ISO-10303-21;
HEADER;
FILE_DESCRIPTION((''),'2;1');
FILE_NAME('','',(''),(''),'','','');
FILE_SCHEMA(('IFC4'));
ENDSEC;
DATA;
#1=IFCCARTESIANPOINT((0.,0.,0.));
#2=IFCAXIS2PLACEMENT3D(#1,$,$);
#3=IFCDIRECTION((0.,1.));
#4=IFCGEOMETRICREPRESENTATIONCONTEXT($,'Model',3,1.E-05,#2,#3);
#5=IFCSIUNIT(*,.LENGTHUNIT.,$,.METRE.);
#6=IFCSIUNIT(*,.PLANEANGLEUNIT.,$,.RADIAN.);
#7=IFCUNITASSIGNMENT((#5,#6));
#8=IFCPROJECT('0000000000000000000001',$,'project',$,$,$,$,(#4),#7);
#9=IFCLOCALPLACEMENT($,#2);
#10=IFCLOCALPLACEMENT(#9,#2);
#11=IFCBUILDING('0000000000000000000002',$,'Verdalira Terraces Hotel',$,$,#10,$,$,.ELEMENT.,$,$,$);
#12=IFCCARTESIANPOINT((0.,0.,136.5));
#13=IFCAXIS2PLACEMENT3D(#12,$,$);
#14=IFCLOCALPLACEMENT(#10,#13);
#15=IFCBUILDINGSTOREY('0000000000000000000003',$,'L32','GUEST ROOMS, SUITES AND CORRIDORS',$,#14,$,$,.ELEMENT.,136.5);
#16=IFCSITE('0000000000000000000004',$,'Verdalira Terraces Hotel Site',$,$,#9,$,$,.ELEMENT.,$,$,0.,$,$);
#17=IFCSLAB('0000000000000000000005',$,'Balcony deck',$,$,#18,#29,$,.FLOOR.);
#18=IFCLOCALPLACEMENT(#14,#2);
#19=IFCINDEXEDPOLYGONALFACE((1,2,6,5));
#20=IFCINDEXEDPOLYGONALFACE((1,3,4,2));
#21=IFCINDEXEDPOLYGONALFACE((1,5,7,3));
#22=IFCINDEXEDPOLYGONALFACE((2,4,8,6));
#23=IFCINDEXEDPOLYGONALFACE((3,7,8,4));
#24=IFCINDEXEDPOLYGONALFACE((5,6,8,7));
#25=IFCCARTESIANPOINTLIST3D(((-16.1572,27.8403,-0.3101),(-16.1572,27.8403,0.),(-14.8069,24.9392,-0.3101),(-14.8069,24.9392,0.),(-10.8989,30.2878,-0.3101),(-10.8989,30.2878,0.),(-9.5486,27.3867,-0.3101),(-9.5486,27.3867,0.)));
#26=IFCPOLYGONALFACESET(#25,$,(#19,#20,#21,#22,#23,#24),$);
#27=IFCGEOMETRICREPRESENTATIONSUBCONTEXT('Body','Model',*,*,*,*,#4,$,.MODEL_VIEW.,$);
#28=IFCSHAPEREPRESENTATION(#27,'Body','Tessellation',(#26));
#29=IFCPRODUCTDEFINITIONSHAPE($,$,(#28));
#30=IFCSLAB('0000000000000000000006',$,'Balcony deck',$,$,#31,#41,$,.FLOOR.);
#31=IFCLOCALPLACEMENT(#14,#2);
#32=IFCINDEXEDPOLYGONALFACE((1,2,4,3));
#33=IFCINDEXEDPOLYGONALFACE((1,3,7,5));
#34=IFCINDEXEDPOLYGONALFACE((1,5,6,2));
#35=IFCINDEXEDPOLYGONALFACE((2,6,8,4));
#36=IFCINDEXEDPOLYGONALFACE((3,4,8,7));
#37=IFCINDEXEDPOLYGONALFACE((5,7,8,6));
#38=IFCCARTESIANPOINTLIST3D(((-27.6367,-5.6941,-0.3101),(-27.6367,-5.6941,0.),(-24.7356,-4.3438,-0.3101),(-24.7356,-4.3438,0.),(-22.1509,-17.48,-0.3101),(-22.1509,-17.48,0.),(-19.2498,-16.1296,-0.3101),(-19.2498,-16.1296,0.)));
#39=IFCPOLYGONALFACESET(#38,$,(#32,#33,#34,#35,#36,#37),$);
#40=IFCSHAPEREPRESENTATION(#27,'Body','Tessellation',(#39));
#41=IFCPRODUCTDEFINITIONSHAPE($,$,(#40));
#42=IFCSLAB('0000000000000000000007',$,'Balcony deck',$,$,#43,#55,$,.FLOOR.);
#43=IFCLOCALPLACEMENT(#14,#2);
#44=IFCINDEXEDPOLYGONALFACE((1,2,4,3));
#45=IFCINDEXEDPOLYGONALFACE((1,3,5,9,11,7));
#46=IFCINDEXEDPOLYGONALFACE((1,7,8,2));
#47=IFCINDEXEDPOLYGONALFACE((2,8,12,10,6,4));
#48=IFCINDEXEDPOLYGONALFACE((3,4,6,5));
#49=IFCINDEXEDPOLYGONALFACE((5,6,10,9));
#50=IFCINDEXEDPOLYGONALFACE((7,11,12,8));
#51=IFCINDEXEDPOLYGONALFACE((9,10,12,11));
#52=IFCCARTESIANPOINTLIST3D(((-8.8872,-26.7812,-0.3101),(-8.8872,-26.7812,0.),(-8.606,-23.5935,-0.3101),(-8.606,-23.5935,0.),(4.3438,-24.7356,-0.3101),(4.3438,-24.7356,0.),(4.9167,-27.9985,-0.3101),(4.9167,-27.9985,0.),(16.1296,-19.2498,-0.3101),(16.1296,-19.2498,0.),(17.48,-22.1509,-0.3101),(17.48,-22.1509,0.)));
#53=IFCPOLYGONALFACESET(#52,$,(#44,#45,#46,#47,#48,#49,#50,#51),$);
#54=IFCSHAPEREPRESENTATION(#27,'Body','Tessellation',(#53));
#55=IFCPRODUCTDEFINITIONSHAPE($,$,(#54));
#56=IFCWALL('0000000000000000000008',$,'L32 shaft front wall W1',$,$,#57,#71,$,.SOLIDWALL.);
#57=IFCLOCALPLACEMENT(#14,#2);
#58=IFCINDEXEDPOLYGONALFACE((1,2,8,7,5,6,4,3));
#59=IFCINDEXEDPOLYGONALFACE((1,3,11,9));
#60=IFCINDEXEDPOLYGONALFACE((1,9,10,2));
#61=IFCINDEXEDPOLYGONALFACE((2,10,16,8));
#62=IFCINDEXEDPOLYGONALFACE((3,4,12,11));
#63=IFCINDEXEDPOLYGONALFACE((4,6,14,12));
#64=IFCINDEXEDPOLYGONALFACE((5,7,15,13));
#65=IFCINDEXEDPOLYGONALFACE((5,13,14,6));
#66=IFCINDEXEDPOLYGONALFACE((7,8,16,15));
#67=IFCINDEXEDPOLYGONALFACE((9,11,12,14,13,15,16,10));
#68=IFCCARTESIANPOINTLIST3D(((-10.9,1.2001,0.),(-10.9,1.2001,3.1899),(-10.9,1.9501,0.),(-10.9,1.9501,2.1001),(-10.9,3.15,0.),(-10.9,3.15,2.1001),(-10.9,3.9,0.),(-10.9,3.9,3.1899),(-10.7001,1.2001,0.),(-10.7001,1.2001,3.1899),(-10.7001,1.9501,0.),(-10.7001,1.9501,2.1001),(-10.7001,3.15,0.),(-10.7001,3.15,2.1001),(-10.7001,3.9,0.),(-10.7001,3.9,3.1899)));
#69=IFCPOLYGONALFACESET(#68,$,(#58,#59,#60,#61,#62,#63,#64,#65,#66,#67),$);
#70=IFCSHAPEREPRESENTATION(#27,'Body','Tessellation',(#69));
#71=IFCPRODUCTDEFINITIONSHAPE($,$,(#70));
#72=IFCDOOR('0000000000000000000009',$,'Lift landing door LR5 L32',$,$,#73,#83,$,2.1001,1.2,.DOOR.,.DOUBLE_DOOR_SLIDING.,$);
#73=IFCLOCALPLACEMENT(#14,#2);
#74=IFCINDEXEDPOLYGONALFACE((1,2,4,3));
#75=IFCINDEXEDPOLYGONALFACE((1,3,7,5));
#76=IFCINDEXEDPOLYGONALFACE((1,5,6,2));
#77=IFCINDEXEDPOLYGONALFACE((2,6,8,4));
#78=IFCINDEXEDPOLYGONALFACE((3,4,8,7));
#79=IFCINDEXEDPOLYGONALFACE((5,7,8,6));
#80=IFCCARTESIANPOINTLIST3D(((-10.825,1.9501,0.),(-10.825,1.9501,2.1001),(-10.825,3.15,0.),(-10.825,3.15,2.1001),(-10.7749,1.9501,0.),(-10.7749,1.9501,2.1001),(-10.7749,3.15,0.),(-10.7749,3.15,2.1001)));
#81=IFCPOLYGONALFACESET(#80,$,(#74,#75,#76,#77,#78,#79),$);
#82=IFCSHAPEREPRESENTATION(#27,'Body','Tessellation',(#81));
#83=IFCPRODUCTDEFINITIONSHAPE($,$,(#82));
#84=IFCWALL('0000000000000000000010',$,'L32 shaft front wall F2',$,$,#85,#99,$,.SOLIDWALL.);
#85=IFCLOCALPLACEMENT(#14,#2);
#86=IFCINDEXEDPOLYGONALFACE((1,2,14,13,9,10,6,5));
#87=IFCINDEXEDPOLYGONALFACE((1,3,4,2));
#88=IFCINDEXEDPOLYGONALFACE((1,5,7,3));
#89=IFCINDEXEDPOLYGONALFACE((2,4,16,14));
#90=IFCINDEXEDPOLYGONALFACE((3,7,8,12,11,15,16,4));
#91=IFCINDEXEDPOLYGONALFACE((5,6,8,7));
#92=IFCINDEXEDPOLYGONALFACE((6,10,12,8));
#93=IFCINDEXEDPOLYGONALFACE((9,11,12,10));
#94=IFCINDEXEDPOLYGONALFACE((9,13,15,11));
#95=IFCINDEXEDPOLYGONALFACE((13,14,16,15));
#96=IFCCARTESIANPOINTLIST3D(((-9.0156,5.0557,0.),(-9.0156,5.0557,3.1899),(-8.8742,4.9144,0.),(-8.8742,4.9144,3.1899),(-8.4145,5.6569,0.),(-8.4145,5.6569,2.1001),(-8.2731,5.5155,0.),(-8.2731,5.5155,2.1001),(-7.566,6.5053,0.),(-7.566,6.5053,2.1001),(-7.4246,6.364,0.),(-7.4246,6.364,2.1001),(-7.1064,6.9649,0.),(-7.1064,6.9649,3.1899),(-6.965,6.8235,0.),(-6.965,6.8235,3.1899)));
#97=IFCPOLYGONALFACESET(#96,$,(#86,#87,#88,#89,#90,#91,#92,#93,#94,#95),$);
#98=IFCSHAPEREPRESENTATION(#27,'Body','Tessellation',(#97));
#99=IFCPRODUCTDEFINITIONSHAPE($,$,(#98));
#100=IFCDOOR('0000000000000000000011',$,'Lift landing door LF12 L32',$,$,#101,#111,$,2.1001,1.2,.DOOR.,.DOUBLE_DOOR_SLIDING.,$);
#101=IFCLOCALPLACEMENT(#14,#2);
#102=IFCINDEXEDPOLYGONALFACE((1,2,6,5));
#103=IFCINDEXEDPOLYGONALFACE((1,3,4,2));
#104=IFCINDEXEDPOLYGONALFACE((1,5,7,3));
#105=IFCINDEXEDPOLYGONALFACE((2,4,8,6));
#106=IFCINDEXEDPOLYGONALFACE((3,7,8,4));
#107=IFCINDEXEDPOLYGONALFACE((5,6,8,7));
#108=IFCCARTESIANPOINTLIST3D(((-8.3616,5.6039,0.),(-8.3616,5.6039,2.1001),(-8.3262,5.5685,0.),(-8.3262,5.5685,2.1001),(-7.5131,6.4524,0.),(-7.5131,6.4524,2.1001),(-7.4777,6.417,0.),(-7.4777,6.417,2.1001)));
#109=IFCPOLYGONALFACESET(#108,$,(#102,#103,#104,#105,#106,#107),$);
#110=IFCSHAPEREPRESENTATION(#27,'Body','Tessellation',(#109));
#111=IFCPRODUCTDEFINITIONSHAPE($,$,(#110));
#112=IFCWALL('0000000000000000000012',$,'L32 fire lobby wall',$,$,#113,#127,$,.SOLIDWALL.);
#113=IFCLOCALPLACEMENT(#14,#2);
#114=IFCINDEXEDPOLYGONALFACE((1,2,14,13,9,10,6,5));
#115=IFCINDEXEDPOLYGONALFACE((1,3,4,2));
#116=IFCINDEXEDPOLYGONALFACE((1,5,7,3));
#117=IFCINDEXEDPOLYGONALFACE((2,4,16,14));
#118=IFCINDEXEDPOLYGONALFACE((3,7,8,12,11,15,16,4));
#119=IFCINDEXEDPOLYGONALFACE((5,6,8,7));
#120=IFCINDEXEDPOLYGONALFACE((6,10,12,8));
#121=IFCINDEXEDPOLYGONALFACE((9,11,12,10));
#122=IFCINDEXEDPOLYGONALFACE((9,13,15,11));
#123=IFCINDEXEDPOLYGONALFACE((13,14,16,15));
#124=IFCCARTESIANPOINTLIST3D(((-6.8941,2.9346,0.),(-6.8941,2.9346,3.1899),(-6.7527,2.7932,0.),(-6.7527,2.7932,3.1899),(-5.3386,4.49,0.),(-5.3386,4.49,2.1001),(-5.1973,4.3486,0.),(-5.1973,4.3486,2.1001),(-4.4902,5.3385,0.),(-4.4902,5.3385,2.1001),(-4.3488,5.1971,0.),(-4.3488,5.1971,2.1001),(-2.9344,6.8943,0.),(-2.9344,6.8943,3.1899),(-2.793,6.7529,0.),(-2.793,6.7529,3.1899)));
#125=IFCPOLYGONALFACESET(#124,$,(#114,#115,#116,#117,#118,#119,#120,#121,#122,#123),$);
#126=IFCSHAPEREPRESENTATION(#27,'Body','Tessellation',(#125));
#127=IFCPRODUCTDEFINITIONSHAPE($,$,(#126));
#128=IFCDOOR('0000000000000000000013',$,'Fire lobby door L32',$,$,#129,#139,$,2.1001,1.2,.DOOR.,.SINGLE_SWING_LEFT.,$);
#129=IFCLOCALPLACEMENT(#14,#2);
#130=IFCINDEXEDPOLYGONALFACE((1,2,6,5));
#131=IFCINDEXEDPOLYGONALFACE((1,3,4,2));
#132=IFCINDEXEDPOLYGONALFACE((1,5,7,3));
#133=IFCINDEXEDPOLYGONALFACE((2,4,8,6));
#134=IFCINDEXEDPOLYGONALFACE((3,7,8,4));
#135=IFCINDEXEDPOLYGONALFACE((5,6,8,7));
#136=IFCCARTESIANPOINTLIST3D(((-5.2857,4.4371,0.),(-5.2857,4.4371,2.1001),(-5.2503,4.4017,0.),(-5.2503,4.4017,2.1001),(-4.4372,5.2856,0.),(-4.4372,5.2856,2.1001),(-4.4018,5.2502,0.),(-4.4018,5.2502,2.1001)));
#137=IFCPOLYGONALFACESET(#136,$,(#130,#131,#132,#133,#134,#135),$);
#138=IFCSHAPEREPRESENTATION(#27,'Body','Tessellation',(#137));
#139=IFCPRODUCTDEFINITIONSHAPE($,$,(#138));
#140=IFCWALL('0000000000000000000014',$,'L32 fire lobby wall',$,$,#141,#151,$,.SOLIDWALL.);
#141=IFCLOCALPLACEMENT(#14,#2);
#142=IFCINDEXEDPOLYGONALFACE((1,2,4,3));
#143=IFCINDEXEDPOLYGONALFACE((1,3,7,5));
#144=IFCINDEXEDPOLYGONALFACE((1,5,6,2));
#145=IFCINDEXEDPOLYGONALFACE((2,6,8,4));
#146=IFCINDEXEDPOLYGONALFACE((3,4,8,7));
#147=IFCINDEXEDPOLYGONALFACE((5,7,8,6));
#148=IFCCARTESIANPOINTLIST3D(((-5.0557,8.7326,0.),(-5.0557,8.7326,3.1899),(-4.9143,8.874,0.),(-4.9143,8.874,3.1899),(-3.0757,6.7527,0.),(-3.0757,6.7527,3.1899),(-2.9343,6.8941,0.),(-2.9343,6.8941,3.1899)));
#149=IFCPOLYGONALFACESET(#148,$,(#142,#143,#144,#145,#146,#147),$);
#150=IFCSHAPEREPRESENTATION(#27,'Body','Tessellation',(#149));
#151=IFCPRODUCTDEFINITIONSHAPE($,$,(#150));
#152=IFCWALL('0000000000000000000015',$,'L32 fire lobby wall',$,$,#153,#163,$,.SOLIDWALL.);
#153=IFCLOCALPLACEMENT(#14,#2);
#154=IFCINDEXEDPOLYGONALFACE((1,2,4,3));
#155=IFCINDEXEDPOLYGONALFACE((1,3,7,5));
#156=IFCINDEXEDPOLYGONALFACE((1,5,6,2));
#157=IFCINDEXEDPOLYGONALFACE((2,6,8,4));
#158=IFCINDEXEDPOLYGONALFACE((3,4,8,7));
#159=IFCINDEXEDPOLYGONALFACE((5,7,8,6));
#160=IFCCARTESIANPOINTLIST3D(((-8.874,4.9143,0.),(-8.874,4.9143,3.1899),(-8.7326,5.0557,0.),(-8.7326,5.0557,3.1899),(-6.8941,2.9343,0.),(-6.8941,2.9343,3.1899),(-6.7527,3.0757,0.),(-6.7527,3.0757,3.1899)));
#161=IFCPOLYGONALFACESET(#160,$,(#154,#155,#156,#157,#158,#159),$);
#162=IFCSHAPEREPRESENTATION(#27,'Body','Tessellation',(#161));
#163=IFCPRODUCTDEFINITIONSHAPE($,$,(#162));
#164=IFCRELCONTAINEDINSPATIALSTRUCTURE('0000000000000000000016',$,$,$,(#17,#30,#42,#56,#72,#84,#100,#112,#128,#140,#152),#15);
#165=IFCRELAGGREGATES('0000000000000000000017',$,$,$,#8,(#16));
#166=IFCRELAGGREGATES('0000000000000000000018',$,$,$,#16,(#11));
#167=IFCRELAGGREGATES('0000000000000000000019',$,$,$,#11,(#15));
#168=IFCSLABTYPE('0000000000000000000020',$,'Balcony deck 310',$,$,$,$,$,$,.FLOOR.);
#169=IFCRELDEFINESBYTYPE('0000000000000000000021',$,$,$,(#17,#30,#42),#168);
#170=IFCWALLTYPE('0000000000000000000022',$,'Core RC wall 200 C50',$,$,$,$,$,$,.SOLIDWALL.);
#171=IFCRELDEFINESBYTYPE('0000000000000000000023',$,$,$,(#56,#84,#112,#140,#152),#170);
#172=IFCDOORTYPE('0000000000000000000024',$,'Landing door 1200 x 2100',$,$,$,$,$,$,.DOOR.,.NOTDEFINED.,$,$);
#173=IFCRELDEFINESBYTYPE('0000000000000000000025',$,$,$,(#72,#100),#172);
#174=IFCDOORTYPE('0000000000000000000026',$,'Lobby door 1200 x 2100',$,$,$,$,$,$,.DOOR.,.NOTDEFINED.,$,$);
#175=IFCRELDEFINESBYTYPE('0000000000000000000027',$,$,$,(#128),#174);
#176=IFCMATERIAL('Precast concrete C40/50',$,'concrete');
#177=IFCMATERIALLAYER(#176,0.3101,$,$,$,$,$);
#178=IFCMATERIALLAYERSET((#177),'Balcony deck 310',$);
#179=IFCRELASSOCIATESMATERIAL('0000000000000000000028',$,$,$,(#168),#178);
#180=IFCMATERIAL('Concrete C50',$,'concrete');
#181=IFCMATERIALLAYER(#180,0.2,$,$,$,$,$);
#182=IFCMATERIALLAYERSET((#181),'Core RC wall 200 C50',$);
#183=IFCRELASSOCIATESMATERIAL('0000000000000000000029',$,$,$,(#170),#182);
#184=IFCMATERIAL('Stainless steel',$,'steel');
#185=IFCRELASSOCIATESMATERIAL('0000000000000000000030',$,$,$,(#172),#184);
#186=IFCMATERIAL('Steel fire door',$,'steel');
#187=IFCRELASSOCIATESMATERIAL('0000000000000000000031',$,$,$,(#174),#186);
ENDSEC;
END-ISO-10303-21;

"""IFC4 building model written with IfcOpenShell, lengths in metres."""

from ifc_helpers import new_model, si_unit, direction, frame, frame_2d, origin, place, context, subcontext, project, spatial, polyline, rectangle, outline, extrude, material, layer, layer_set, type_object, element, fill, save


model = new_model("IFC4")

# Units and contexts
model_context = context("Model", 3, precision=1e-05, world=origin(), true_north=direction((0.0, 1.0)))
body_context = subcontext(model_context, "Body", "Model", "MODEL_VIEW")
ifc_project = project(units=[si_unit("LENGTHUNIT", "METRE"), si_unit("PLANEANGLEUNIT", "RADIAN")], contexts=[model_context])

# Site, building, storey
site_placement = place(None, origin())
site = spatial("IfcSite", under=ifc_project, at=site_placement, Name="Verdalira Terraces Hotel Site", CompositionType="ELEMENT", RefElevation=0.0)
building_placement = place(site_placement, origin())
building = spatial("IfcBuilding", under=site, at=building_placement, Name="Verdalira Terraces Hotel", CompositionType="ELEMENT")
storey_placement = place(building_placement, frame((0.0, 0.0, 136.5)))
storey = spatial("IfcBuildingStorey", under=building, at=storey_placement, Name="L32", Description="GUEST ROOMS, SUITES AND CORRIDORS", CompositionType="ELEMENT", Elevation=136.5)

# Slabs
ifc_material_1 = material(Name="Precast concrete C40/50", Category="concrete")
ifc_layer_1 = layer(ifc_material_1, 0.3101)
ifc_layer_set_1 = layer_set([ifc_layer_1], Name="Balcony deck 310")
slab_type = type_object("IfcSlabType", Name="Balcony deck 310", PredefinedType="FLOOR", material=ifc_layer_set_1)
slab_1_placement = place(storey_placement, frame((0.0, 0.0, -0.3101)))
element("IfcSlab", 1, at=slab_1_placement, inside=storey, type_object=slab_type, Name="Balcony deck", PredefinedType="FLOOR", context=body_context, shape_type="SweptSolid", body=[
    extrude(outline(polyline([(-16.1572, 27.8403), (-14.8069, 24.9392), (-9.5486, 27.3867), (-10.8989, 30.2878), (-16.1572, 27.8403)])), origin(), (0.0, 0.0, 1.0), 0.3101),
])
slab_2_placement = place(storey_placement, frame((0.0, 0.0, -0.3101)))
element("IfcSlab", 2, at=slab_2_placement, inside=storey, type_object=slab_type, Name="Balcony deck", PredefinedType="FLOOR", context=body_context, shape_type="SweptSolid", body=[
    extrude(outline(polyline([(-22.1509, -17.48), (-19.2498, -16.1296), (-24.7356, -4.3438), (-27.6367, -5.6941), (-22.1509, -17.48)])), origin(), (0.0, 0.0, 1.0), 0.3101),
])
slab_3_placement = place(storey_placement, frame((0.0, 0.0, -0.3101)))
element("IfcSlab", 3, at=slab_3_placement, inside=storey, type_object=slab_type, Name="Balcony deck", PredefinedType="FLOOR", context=body_context, shape_type="SweptSolid", body=[
    extrude(outline(polyline([(17.48, -22.1509), (16.1296, -19.2498), (4.3438, -24.7356), (-8.606, -23.5935), (-8.8872, -26.7812), (4.9167, -27.9985), (17.48, -22.1509)])), origin(), (0.0, 0.0, 1.0), 0.3101),
])

# Walls, openings, doors
ifc_material_2 = material(Name="Concrete C50", Category="concrete")
ifc_layer_2 = layer(ifc_material_2, 0.2)
ifc_layer_set_2 = layer_set([ifc_layer_2], Name="Core RC wall 200 C50")
wall_type_1 = type_object("IfcWallType", Name="Core RC wall 200 C50", PredefinedType="SOLIDWALL", material=ifc_layer_set_2)
wall_1_placement = place(storey_placement, frame((-10.8, 1.2, 0.0), z_axis=(0.0, 0.0, 1.0), x_axis=(0.0, 1.0, 0.0)))
wall_1 = element("IfcWall", 4, at=wall_1_placement, inside=storey, type_object=wall_type_1, Name="L32 shaft front wall W1", PredefinedType="SOLIDWALL", context=body_context, shape_type="SweptSolid", body=[
    extrude(rectangle(XDim=2.7, YDim=0.2, at=frame_2d((1.3501, 0.0))), origin(), (0.0, 0.0, 1.0), 3.1899),
])
opening_1_placement = place(wall_1_placement, frame((0.75, 0.0, 0.0)))
opening_1 = element("IfcOpeningElement", 5, at=opening_1_placement, cuts=wall_1, PredefinedType="OPENING", context=body_context, shape_type="SweptSolid", body=[
    extrude(rectangle(XDim=1.2, YDim=2.1001, at=frame_2d((0.6001, 1.05))), frame((0.0, 0.1099, 0.0), z_axis=(0.0, -1.0, 0.0), x_axis=(1.0, 0.0, 0.0)), (0.0, 0.0, 1.0), 0.22),
])
ifc_material_3 = material(Name="Stainless steel", Category="steel")
door_type_1 = type_object("IfcDoorType", Name="Landing door 1200 x 2100", OperationType="NOTDEFINED", PredefinedType="DOOR", material=ifc_material_3)
door_1_placement = place(opening_1_placement, origin())
door_1 = element("IfcDoor", 6, at=door_1_placement, inside=storey, type_object=door_type_1, Name="Lift landing door LR5 L32", OperationType="DOUBLE_DOOR_SLIDING", OverallHeight=2.1001, OverallWidth=1.2, PredefinedType="DOOR", context=body_context, shape_type="SweptSolid", body=[
    extrude(rectangle(XDim=1.2, YDim=2.1001, at=frame_2d((0.6001, 1.05))), frame((0.0, 0.0249, 0.0), z_axis=(0.0, -1.0, 0.0), x_axis=(1.0, 0.0, 0.0)), (0.0, 0.0, 1.0), 0.05),
])
fill(opening_1, door_1)
wall_2_placement = place(storey_placement, frame((-7.0356, 6.8943, 0.0), z_axis=(0.0, 0.0, 1.0), x_axis=(-0.707107, -0.707107, 0.0)))
wall_2 = element("IfcWall", 7, at=wall_2_placement, inside=storey, type_object=wall_type_1, Name="L32 shaft front wall F2", PredefinedType="SOLIDWALL", context=body_context, shape_type="SweptSolid", body=[
    extrude(rectangle(XDim=2.7, YDim=0.2, at=frame_2d((1.3501, 0.0))), origin(), (0.0, 0.0, 1.0), 3.1899),
])
opening_2_placement = place(wall_2_placement, frame((0.6499, 0.0, 0.0)))
opening_2 = element("IfcOpeningElement", 8, at=opening_2_placement, cuts=wall_2, PredefinedType="OPENING", context=body_context, shape_type="SweptSolid", body=[
    extrude(rectangle(XDim=1.2, YDim=2.1001, at=frame_2d((0.6001, 1.05))), frame((0.0, 0.1099, 0.0), z_axis=(0.0, -1.0, 0.0), x_axis=(1.0, 0.0, 0.0)), (0.0, 0.0, 1.0), 0.22),
])
door_2_placement = place(opening_2_placement, origin())
door_2 = element("IfcDoor", 9, at=door_2_placement, inside=storey, type_object=door_type_1, Name="Lift landing door LF12 L32", OperationType="DOUBLE_DOOR_SLIDING", OverallHeight=2.1001, OverallWidth=1.2, PredefinedType="DOOR", context=body_context, shape_type="SweptSolid", body=[
    extrude(rectangle(XDim=1.2, YDim=2.1001, at=frame_2d((0.6001, 1.05))), frame((0.0, 0.0249, 0.0), z_axis=(0.0, -1.0, 0.0), x_axis=(1.0, 0.0, 0.0)), (0.0, 0.0, 1.0), 0.05),
])
fill(opening_2, door_2)
wall_3_placement = place(storey_placement, frame((-2.8638, 6.8235, 0.0), z_axis=(0.0, 0.0, 1.0), x_axis=(-0.707107, -0.707107, 0.0)))
wall_3 = element("IfcWall", 10, at=wall_3_placement, inside=storey, type_object=wall_type_1, Name="L32 fire lobby wall", PredefinedType="SOLIDWALL", context=body_context, shape_type="SweptSolid", body=[
    extrude(rectangle(XDim=5.5999, YDim=0.2, at=frame_2d((2.7998, 0.0))), origin(), (0.0, 0.0, 1.0), 3.1899),
])
opening_3_placement = place(wall_3_placement, frame((2.2, 0.0, 0.0)))
opening_3 = element("IfcOpeningElement", 11, at=opening_3_placement, cuts=wall_3, PredefinedType="OPENING", context=body_context, shape_type="SweptSolid", body=[
    extrude(rectangle(XDim=1.2, YDim=2.1001, at=frame_2d((0.6001, 1.05))), frame((0.0, 0.1099, 0.0), z_axis=(0.0, -1.0, 0.0), x_axis=(1.0, 0.0, 0.0)), (0.0, 0.0, 1.0), 0.22),
])
ifc_material_4 = material(Name="Steel fire door", Category="steel")
door_type_2 = type_object("IfcDoorType", Name="Lobby door 1200 x 2100", OperationType="NOTDEFINED", PredefinedType="DOOR", material=ifc_material_4)
door_3_placement = place(opening_3_placement, origin())
door_3 = element("IfcDoor", 12, at=door_3_placement, inside=storey, type_object=door_type_2, Name="Fire lobby door L32", OperationType="SINGLE_SWING_LEFT", OverallHeight=2.1001, OverallWidth=1.2, PredefinedType="DOOR", context=body_context, shape_type="SweptSolid", body=[
    extrude(rectangle(XDim=1.2, YDim=2.1001, at=frame_2d((0.6001, 1.05))), frame((0.0, 0.0249, 0.0), z_axis=(0.0, -1.0, 0.0), x_axis=(1.0, 0.0, 0.0)), (0.0, 0.0, 1.0), 0.05),
])
fill(opening_3, door_3)

# Walls
for number, where, z_axis, x_axis, name in (
    (13, (-3.0051, 6.8235, 0.0), (0.0, 0.0, 1.0), (-0.707107, 0.707107, 0.0), "L32 fire lobby wall"),
    (14, (-6.8235, 3.0051, 0.0), (0.0, 0.0, 1.0), (-0.707107, 0.707107, 0.0), "L32 fire lobby wall"),
):
    element("IfcWall", number, at=place(storey_placement, frame(where, z_axis=z_axis, x_axis=x_axis)), inside=storey, type_object=wall_type_1, Name=name, PredefinedType="SOLIDWALL", context=body_context, shape_type="SweptSolid", body=[
        extrude(rectangle(XDim=2.8, YDim=0.2, at=frame_2d((1.3999, 0.0))), origin(), (0.0, 0.0, 1.0), 3.1899),
    ])

save(model, "model.ifc")
